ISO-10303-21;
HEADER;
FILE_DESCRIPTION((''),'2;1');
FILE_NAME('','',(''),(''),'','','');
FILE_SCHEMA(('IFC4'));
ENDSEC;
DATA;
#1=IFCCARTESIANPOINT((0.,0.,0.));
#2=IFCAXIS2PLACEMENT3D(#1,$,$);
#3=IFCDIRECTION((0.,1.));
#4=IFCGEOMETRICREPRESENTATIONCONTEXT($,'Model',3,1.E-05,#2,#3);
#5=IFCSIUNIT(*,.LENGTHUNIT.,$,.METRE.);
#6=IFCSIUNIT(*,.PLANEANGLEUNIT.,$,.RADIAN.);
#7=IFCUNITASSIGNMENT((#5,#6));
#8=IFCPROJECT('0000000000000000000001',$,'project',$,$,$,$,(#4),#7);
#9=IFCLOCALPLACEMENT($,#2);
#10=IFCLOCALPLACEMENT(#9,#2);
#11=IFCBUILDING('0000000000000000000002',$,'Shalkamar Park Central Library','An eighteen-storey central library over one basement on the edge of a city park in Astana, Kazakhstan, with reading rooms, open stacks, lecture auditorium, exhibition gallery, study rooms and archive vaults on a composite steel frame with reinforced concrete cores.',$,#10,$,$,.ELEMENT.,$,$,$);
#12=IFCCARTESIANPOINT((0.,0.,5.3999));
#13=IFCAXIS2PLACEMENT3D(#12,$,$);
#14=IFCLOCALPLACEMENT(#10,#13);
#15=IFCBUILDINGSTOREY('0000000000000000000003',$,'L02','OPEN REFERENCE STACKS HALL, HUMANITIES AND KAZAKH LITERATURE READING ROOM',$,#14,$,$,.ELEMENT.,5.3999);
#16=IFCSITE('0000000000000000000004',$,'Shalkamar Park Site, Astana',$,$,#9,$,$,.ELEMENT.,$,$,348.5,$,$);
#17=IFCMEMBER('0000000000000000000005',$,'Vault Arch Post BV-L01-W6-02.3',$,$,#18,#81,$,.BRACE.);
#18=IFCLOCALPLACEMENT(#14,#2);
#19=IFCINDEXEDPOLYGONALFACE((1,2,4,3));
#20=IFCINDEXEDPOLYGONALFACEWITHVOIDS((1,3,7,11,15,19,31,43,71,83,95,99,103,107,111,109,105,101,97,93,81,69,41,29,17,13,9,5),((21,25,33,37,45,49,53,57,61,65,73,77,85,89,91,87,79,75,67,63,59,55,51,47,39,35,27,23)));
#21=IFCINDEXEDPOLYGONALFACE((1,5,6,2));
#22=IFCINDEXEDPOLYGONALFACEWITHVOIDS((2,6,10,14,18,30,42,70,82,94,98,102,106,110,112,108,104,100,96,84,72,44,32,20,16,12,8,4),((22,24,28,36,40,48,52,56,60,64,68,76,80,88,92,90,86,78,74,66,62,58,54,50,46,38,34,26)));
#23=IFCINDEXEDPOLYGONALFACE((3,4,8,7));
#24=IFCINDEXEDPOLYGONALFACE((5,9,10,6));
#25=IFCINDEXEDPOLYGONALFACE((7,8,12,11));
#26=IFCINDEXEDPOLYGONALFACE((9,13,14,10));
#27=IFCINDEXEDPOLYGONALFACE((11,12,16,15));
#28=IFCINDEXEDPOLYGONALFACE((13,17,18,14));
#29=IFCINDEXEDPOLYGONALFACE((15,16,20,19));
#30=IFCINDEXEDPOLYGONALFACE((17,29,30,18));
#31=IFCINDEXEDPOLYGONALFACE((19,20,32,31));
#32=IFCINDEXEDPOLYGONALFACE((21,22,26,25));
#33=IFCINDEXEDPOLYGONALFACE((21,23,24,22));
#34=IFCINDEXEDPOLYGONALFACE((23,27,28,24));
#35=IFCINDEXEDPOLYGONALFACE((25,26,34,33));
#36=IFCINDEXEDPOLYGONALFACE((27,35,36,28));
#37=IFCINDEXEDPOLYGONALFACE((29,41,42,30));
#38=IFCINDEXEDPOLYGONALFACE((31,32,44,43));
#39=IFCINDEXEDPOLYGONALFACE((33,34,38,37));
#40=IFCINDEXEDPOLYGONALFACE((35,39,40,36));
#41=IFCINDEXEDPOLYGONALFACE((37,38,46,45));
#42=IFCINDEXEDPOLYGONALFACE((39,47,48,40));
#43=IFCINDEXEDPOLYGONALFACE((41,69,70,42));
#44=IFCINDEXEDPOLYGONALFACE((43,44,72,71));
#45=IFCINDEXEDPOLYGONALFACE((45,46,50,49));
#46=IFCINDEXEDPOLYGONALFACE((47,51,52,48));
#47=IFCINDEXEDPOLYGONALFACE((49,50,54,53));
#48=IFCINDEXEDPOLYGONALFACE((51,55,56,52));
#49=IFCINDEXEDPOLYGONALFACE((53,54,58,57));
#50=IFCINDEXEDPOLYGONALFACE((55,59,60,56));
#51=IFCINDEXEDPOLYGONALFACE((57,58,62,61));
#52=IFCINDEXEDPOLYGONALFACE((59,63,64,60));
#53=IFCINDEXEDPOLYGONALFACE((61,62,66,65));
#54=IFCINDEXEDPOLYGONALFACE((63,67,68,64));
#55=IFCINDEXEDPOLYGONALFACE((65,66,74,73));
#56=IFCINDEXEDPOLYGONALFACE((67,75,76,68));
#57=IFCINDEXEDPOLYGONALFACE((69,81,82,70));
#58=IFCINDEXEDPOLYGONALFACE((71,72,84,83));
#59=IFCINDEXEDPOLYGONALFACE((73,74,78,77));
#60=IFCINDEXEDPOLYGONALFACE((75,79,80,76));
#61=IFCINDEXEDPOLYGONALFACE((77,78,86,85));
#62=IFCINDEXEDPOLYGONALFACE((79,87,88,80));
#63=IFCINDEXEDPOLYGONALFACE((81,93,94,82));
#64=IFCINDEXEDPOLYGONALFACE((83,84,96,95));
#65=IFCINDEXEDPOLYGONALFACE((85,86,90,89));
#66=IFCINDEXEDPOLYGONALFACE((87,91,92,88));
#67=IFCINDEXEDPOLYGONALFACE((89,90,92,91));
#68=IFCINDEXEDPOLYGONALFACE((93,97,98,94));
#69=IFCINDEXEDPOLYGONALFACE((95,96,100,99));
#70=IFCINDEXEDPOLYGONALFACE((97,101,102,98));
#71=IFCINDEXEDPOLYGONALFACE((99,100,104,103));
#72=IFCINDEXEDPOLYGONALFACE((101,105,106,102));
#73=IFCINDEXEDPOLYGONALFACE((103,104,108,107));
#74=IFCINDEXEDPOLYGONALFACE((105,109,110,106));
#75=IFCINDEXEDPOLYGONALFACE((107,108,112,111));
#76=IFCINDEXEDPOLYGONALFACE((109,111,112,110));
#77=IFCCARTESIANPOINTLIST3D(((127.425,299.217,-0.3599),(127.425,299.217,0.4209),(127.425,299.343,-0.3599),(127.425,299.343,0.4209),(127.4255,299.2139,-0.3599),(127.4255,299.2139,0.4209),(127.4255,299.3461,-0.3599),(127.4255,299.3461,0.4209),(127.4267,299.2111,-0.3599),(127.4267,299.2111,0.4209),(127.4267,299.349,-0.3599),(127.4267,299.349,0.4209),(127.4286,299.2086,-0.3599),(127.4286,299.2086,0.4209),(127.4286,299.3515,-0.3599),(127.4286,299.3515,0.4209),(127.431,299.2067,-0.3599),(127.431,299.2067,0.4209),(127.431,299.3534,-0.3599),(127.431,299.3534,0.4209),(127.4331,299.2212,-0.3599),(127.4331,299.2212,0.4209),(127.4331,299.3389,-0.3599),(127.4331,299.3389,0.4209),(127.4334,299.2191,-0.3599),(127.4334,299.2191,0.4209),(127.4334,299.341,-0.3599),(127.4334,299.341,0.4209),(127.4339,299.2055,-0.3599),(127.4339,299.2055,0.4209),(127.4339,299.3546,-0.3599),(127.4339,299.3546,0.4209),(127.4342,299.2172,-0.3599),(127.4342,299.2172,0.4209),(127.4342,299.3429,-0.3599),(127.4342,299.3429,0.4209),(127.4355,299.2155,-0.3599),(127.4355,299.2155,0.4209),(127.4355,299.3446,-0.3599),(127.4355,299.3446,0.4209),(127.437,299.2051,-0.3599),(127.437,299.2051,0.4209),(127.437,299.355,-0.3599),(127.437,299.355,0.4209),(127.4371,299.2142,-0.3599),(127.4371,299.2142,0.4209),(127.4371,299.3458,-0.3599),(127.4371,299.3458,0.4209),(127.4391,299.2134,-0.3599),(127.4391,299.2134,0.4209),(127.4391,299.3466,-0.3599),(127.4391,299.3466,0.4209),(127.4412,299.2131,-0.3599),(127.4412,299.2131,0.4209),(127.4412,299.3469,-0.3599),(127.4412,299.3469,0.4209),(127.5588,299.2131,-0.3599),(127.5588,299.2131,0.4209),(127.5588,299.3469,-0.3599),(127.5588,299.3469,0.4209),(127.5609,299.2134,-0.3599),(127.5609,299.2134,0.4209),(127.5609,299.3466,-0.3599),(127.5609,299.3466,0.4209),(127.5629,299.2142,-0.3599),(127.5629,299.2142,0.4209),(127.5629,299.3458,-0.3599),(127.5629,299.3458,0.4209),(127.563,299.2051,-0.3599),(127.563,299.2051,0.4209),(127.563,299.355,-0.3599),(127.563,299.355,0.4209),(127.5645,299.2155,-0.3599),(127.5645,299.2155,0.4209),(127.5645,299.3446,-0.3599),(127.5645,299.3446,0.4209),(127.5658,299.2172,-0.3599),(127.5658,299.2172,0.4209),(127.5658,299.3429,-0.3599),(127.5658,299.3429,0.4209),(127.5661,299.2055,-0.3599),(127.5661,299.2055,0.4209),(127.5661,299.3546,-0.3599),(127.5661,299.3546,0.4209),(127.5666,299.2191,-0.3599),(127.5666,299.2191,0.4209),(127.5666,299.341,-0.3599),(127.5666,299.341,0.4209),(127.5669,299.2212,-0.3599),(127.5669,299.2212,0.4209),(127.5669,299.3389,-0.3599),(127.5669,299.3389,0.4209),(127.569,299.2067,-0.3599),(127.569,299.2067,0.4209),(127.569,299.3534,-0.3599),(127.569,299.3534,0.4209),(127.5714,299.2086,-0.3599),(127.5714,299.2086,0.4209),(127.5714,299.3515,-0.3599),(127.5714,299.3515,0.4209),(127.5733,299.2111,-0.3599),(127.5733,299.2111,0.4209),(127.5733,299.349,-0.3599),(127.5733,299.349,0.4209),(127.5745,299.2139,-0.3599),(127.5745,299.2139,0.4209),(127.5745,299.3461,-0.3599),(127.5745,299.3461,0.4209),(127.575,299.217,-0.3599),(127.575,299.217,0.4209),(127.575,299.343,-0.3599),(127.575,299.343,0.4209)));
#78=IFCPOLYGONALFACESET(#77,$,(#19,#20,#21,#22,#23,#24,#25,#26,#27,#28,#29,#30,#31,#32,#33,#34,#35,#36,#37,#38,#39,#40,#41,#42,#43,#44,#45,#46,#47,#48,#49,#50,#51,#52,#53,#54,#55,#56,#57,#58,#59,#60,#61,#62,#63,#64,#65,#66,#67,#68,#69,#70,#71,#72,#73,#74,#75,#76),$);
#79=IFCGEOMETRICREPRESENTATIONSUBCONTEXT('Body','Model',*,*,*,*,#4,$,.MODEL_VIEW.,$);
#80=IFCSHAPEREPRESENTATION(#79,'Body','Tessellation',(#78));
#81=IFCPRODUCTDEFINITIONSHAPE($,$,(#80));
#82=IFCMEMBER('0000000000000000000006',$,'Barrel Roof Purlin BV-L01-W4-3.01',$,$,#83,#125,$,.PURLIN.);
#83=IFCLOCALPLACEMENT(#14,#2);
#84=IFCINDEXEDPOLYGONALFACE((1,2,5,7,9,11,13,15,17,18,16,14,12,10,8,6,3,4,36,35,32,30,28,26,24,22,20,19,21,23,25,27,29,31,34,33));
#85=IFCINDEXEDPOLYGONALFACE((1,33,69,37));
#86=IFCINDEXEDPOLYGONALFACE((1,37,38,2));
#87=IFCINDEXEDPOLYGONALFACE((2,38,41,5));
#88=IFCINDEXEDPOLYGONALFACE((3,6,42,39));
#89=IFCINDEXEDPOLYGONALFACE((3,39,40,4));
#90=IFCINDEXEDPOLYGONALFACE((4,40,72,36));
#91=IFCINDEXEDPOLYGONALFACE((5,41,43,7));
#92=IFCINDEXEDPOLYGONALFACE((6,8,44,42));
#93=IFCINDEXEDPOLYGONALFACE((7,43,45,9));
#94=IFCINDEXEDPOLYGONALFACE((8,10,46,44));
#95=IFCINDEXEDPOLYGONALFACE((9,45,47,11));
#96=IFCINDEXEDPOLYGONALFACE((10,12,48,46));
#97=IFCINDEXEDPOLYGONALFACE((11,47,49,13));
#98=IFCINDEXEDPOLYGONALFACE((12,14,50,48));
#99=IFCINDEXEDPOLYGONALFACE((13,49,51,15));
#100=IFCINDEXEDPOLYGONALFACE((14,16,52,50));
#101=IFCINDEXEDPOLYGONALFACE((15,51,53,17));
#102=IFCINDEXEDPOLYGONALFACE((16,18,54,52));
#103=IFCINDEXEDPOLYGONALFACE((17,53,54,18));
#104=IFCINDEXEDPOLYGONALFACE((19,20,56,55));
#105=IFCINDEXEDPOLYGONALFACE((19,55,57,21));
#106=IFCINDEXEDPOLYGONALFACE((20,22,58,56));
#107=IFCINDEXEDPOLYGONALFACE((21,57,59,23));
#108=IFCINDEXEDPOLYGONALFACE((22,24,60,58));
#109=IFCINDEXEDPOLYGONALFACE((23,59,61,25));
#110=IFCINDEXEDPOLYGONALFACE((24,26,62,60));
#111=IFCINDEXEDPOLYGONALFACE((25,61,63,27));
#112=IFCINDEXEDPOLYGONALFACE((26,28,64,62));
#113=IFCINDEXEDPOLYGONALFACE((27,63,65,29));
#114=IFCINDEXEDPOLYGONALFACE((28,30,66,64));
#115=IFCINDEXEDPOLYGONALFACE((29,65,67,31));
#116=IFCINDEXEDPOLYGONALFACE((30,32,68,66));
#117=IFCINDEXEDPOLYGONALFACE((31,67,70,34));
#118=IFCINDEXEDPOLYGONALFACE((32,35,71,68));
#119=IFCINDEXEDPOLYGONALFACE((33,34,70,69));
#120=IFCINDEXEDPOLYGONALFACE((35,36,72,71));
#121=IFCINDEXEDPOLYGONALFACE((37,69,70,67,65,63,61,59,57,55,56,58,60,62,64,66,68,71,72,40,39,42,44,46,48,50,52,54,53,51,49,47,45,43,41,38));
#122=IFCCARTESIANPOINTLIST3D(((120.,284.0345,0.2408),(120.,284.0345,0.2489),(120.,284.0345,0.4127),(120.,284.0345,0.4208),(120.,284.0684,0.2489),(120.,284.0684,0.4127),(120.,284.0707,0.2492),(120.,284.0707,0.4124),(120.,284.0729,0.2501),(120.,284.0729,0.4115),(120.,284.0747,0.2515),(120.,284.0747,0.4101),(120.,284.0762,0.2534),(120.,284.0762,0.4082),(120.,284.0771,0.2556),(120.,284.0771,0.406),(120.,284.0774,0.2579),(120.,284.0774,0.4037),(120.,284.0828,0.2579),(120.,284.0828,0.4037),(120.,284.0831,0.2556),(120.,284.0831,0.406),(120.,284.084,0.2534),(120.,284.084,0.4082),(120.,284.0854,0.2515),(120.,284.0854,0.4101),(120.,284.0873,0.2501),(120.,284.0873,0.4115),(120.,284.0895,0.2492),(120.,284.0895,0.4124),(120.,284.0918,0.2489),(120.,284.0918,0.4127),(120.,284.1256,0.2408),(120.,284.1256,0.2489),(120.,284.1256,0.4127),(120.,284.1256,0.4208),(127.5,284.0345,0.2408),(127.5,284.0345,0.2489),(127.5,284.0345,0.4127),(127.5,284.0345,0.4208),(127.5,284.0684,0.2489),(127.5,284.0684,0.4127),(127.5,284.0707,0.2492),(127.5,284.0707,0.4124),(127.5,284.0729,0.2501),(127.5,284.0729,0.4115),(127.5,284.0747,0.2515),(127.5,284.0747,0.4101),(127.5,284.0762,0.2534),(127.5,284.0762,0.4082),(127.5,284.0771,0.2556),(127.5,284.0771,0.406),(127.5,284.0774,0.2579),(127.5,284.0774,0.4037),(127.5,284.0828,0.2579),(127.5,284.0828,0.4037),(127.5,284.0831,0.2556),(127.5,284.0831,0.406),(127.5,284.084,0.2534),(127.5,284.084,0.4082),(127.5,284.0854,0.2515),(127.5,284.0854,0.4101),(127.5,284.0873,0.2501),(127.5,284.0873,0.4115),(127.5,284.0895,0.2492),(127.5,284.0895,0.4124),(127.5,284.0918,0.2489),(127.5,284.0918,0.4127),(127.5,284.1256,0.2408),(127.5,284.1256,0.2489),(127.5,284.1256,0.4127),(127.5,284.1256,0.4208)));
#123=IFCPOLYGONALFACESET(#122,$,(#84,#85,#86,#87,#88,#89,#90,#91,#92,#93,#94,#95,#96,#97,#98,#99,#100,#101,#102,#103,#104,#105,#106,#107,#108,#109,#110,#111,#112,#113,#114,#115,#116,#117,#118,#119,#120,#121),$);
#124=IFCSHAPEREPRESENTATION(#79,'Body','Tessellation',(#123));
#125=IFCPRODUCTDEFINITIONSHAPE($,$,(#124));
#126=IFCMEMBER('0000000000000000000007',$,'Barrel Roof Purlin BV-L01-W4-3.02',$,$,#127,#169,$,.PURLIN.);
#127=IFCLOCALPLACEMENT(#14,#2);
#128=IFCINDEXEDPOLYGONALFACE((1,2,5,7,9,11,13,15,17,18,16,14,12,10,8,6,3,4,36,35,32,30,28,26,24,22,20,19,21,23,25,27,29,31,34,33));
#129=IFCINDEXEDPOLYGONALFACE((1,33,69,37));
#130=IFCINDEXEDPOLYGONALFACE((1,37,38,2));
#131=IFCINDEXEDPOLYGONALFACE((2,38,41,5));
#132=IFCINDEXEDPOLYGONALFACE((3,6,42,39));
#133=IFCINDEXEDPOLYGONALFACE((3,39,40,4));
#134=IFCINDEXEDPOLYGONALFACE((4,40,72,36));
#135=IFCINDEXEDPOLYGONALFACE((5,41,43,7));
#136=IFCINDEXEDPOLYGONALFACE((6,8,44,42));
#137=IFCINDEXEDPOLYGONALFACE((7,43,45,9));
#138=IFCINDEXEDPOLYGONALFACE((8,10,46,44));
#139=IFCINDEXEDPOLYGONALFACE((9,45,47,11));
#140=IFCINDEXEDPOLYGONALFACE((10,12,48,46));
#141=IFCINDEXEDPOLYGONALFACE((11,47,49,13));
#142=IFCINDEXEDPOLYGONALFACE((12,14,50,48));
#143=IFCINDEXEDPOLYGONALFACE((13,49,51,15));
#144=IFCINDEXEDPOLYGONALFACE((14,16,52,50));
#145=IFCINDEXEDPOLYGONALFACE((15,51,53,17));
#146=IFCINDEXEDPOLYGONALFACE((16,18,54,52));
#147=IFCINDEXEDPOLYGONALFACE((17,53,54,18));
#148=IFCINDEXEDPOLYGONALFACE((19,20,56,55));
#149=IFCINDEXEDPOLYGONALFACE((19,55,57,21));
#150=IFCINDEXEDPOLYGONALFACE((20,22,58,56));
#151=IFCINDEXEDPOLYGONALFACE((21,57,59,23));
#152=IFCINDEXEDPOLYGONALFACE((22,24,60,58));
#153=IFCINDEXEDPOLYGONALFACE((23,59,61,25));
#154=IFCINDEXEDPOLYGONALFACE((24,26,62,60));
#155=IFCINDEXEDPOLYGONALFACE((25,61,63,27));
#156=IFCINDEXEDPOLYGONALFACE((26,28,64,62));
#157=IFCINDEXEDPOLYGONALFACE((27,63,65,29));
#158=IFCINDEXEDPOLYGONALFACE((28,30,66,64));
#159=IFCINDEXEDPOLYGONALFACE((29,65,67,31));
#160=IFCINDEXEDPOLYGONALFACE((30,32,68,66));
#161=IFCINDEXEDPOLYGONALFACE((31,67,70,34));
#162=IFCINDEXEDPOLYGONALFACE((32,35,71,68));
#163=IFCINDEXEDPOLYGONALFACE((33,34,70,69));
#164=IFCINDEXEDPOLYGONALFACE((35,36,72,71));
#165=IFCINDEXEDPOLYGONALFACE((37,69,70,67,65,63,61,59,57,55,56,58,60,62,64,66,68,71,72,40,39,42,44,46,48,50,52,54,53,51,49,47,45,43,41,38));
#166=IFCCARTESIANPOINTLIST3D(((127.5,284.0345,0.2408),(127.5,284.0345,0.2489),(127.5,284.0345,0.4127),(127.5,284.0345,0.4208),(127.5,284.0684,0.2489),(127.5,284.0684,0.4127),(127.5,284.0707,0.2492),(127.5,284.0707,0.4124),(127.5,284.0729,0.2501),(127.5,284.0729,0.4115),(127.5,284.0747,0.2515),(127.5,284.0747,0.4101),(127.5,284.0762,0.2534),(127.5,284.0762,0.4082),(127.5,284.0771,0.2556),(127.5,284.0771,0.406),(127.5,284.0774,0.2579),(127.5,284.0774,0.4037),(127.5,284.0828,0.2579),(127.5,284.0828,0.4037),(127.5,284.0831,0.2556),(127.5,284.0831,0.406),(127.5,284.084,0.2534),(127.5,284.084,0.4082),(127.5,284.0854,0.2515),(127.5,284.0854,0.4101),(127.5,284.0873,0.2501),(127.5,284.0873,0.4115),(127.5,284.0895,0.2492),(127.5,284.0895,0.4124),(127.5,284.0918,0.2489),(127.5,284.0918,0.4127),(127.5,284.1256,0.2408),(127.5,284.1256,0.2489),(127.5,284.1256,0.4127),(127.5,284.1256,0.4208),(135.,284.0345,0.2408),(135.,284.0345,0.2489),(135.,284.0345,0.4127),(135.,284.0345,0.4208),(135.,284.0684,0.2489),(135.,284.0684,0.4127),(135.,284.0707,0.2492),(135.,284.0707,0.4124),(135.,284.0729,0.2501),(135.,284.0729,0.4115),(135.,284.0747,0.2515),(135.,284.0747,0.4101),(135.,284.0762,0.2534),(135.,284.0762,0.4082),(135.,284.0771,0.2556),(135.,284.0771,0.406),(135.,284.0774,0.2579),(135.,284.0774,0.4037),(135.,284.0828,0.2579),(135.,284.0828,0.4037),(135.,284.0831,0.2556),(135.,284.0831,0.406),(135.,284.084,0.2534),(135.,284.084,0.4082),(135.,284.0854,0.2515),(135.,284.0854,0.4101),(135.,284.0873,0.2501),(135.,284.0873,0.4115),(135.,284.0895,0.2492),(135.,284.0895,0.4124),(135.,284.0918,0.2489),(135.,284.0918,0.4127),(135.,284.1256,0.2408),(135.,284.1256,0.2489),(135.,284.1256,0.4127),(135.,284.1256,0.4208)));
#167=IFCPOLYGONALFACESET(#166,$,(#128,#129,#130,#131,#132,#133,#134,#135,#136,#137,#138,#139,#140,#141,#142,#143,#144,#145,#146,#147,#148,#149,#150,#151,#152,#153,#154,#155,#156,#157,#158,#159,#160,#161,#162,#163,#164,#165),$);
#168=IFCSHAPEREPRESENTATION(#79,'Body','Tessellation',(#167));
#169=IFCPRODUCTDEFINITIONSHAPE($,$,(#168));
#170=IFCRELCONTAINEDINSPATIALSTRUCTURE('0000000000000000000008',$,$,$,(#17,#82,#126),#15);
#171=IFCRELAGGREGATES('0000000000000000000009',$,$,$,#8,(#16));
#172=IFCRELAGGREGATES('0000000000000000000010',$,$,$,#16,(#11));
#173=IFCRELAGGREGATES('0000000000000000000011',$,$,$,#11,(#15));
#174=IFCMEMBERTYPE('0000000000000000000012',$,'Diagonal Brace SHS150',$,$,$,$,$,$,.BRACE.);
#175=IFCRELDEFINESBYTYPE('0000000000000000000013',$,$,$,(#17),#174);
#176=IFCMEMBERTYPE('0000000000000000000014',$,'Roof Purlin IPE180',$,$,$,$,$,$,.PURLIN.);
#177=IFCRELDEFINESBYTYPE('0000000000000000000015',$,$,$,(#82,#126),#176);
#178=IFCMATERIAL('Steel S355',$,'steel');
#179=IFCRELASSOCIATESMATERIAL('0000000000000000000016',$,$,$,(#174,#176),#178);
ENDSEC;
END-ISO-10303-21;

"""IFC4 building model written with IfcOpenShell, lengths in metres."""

from ifc_helpers import new_model, si_unit, direction, frame, origin, origin_2d, place, context, subcontext, project, spatial, hollow_rectangle, i_section, extrude, material, material_profile, profile_set, type_object, element, save


model = new_model("IFC4")

# Units and contexts
model_context = context("Model", 3, precision=1e-05, world=origin(), true_north=direction((0.0, 1.0)))
body_context = subcontext(model_context, "Body", "Model", "MODEL_VIEW")
ifc_project = project(units=[si_unit("LENGTHUNIT", "METRE"), si_unit("PLANEANGLEUNIT", "RADIAN")], contexts=[model_context])

# Site, building, storey
site_placement = place(None, origin())
site = spatial("IfcSite", under=ifc_project, at=site_placement, Name="Shalkamar Park Site, Astana", CompositionType="ELEMENT", RefElevation=348.5)
building_placement = place(site_placement, origin())
building = spatial("IfcBuilding", under=site, at=building_placement, Name="Shalkamar Park Central Library", Description="An eighteen-storey central library over one basement on the edge of a city park in Astana, Kazakhstan, with reading rooms, open stacks, lecture auditorium, exhibition gallery, study rooms and archive vaults on a composite steel frame with reinforced concrete cores.", CompositionType="ELEMENT")
storey_placement = place(building_placement, frame((0.0, 0.0, 5.3999)))
storey = spatial("IfcBuildingStorey", under=building, at=storey_placement, Name="L02", Description="OPEN REFERENCE STACKS HALL, HUMANITIES AND KAZAKH LITERATURE READING ROOM", CompositionType="ELEMENT", Elevation=5.3999)

# Members
ifc_material_1 = material(Name="Steel S355", Category="steel")
ifc_material_profile_1 = material_profile(ifc_material_1, hollow_rectangle(XDim=0.1499, YDim=0.1499, WallThickness=0.0081, InnerFilletRadius=0.0081, OuterFilletRadius=0.012, at=origin_2d()), Name="SHS 150x150x8")
ifc_profile_set_1 = profile_set([ifc_material_profile_1], Name="Steel S355")
member_type_1 = type_object("IfcMemberType", Name="Diagonal Brace SHS150", PredefinedType="BRACE", material=ifc_profile_set_1)
member_1_placement = place(storey_placement, frame((127.5, 299.28, -0.3599), z_axis=(0.0, 0.0, 1.0), x_axis=(1.0, 0.0, 0.0)))
element("IfcMember", 1, at=member_1_placement, inside=storey, type_object=member_type_1, Name="Vault Arch Post BV-L01-W6-02.3", PredefinedType="BRACE", context=body_context, shape_type="SweptSolid", body=[
    extrude(hollow_rectangle(XDim=0.1499, YDim=0.1499, WallThickness=0.0081, InnerFilletRadius=0.0081, OuterFilletRadius=0.012, at=origin_2d()), origin(), (0.0, 0.0, 1.0), 0.7808),
])
ifc_material_profile_2 = material_profile(ifc_material_1, i_section(OverallWidth=0.0911, OverallDepth=0.1799, WebThickness=0.0054, FlangeThickness=0.0081, FilletRadius=0.009, at=origin_2d()), Name="IPE 180")
ifc_profile_set_2 = profile_set([ifc_material_profile_2], Name="Steel S355")
member_type_2 = type_object("IfcMemberType", Name="Roof Purlin IPE180", PredefinedType="PURLIN", material=ifc_profile_set_2)
for number, where, z_axis, x_axis, name in (
    (2, (120.0, 284.0801, 0.3308), (1.0, 0.0, 0.0), (0.0, 1.0, 0.0), "Barrel Roof Purlin BV-L01-W4-3.01"),
    (3, (127.5, 284.0801, 0.3308), (1.0, 0.0, 0.0), (0.0, 1.0, 0.0), "Barrel Roof Purlin BV-L01-W4-3.02"),
):
    element("IfcMember", number, at=place(storey_placement, frame(where, z_axis=z_axis, x_axis=x_axis)), inside=storey, type_object=member_type_2, Name=name, PredefinedType="PURLIN", context=body_context, shape_type="SweptSolid", body=[
        extrude(i_section(OverallWidth=0.0911, OverallDepth=0.1799, WebThickness=0.0054, FlangeThickness=0.0081, FilletRadius=0.009, at=origin_2d()), origin(), (0.0, 0.0, 1.0), 7.5),
    ])

save(model, "model.ifc")
